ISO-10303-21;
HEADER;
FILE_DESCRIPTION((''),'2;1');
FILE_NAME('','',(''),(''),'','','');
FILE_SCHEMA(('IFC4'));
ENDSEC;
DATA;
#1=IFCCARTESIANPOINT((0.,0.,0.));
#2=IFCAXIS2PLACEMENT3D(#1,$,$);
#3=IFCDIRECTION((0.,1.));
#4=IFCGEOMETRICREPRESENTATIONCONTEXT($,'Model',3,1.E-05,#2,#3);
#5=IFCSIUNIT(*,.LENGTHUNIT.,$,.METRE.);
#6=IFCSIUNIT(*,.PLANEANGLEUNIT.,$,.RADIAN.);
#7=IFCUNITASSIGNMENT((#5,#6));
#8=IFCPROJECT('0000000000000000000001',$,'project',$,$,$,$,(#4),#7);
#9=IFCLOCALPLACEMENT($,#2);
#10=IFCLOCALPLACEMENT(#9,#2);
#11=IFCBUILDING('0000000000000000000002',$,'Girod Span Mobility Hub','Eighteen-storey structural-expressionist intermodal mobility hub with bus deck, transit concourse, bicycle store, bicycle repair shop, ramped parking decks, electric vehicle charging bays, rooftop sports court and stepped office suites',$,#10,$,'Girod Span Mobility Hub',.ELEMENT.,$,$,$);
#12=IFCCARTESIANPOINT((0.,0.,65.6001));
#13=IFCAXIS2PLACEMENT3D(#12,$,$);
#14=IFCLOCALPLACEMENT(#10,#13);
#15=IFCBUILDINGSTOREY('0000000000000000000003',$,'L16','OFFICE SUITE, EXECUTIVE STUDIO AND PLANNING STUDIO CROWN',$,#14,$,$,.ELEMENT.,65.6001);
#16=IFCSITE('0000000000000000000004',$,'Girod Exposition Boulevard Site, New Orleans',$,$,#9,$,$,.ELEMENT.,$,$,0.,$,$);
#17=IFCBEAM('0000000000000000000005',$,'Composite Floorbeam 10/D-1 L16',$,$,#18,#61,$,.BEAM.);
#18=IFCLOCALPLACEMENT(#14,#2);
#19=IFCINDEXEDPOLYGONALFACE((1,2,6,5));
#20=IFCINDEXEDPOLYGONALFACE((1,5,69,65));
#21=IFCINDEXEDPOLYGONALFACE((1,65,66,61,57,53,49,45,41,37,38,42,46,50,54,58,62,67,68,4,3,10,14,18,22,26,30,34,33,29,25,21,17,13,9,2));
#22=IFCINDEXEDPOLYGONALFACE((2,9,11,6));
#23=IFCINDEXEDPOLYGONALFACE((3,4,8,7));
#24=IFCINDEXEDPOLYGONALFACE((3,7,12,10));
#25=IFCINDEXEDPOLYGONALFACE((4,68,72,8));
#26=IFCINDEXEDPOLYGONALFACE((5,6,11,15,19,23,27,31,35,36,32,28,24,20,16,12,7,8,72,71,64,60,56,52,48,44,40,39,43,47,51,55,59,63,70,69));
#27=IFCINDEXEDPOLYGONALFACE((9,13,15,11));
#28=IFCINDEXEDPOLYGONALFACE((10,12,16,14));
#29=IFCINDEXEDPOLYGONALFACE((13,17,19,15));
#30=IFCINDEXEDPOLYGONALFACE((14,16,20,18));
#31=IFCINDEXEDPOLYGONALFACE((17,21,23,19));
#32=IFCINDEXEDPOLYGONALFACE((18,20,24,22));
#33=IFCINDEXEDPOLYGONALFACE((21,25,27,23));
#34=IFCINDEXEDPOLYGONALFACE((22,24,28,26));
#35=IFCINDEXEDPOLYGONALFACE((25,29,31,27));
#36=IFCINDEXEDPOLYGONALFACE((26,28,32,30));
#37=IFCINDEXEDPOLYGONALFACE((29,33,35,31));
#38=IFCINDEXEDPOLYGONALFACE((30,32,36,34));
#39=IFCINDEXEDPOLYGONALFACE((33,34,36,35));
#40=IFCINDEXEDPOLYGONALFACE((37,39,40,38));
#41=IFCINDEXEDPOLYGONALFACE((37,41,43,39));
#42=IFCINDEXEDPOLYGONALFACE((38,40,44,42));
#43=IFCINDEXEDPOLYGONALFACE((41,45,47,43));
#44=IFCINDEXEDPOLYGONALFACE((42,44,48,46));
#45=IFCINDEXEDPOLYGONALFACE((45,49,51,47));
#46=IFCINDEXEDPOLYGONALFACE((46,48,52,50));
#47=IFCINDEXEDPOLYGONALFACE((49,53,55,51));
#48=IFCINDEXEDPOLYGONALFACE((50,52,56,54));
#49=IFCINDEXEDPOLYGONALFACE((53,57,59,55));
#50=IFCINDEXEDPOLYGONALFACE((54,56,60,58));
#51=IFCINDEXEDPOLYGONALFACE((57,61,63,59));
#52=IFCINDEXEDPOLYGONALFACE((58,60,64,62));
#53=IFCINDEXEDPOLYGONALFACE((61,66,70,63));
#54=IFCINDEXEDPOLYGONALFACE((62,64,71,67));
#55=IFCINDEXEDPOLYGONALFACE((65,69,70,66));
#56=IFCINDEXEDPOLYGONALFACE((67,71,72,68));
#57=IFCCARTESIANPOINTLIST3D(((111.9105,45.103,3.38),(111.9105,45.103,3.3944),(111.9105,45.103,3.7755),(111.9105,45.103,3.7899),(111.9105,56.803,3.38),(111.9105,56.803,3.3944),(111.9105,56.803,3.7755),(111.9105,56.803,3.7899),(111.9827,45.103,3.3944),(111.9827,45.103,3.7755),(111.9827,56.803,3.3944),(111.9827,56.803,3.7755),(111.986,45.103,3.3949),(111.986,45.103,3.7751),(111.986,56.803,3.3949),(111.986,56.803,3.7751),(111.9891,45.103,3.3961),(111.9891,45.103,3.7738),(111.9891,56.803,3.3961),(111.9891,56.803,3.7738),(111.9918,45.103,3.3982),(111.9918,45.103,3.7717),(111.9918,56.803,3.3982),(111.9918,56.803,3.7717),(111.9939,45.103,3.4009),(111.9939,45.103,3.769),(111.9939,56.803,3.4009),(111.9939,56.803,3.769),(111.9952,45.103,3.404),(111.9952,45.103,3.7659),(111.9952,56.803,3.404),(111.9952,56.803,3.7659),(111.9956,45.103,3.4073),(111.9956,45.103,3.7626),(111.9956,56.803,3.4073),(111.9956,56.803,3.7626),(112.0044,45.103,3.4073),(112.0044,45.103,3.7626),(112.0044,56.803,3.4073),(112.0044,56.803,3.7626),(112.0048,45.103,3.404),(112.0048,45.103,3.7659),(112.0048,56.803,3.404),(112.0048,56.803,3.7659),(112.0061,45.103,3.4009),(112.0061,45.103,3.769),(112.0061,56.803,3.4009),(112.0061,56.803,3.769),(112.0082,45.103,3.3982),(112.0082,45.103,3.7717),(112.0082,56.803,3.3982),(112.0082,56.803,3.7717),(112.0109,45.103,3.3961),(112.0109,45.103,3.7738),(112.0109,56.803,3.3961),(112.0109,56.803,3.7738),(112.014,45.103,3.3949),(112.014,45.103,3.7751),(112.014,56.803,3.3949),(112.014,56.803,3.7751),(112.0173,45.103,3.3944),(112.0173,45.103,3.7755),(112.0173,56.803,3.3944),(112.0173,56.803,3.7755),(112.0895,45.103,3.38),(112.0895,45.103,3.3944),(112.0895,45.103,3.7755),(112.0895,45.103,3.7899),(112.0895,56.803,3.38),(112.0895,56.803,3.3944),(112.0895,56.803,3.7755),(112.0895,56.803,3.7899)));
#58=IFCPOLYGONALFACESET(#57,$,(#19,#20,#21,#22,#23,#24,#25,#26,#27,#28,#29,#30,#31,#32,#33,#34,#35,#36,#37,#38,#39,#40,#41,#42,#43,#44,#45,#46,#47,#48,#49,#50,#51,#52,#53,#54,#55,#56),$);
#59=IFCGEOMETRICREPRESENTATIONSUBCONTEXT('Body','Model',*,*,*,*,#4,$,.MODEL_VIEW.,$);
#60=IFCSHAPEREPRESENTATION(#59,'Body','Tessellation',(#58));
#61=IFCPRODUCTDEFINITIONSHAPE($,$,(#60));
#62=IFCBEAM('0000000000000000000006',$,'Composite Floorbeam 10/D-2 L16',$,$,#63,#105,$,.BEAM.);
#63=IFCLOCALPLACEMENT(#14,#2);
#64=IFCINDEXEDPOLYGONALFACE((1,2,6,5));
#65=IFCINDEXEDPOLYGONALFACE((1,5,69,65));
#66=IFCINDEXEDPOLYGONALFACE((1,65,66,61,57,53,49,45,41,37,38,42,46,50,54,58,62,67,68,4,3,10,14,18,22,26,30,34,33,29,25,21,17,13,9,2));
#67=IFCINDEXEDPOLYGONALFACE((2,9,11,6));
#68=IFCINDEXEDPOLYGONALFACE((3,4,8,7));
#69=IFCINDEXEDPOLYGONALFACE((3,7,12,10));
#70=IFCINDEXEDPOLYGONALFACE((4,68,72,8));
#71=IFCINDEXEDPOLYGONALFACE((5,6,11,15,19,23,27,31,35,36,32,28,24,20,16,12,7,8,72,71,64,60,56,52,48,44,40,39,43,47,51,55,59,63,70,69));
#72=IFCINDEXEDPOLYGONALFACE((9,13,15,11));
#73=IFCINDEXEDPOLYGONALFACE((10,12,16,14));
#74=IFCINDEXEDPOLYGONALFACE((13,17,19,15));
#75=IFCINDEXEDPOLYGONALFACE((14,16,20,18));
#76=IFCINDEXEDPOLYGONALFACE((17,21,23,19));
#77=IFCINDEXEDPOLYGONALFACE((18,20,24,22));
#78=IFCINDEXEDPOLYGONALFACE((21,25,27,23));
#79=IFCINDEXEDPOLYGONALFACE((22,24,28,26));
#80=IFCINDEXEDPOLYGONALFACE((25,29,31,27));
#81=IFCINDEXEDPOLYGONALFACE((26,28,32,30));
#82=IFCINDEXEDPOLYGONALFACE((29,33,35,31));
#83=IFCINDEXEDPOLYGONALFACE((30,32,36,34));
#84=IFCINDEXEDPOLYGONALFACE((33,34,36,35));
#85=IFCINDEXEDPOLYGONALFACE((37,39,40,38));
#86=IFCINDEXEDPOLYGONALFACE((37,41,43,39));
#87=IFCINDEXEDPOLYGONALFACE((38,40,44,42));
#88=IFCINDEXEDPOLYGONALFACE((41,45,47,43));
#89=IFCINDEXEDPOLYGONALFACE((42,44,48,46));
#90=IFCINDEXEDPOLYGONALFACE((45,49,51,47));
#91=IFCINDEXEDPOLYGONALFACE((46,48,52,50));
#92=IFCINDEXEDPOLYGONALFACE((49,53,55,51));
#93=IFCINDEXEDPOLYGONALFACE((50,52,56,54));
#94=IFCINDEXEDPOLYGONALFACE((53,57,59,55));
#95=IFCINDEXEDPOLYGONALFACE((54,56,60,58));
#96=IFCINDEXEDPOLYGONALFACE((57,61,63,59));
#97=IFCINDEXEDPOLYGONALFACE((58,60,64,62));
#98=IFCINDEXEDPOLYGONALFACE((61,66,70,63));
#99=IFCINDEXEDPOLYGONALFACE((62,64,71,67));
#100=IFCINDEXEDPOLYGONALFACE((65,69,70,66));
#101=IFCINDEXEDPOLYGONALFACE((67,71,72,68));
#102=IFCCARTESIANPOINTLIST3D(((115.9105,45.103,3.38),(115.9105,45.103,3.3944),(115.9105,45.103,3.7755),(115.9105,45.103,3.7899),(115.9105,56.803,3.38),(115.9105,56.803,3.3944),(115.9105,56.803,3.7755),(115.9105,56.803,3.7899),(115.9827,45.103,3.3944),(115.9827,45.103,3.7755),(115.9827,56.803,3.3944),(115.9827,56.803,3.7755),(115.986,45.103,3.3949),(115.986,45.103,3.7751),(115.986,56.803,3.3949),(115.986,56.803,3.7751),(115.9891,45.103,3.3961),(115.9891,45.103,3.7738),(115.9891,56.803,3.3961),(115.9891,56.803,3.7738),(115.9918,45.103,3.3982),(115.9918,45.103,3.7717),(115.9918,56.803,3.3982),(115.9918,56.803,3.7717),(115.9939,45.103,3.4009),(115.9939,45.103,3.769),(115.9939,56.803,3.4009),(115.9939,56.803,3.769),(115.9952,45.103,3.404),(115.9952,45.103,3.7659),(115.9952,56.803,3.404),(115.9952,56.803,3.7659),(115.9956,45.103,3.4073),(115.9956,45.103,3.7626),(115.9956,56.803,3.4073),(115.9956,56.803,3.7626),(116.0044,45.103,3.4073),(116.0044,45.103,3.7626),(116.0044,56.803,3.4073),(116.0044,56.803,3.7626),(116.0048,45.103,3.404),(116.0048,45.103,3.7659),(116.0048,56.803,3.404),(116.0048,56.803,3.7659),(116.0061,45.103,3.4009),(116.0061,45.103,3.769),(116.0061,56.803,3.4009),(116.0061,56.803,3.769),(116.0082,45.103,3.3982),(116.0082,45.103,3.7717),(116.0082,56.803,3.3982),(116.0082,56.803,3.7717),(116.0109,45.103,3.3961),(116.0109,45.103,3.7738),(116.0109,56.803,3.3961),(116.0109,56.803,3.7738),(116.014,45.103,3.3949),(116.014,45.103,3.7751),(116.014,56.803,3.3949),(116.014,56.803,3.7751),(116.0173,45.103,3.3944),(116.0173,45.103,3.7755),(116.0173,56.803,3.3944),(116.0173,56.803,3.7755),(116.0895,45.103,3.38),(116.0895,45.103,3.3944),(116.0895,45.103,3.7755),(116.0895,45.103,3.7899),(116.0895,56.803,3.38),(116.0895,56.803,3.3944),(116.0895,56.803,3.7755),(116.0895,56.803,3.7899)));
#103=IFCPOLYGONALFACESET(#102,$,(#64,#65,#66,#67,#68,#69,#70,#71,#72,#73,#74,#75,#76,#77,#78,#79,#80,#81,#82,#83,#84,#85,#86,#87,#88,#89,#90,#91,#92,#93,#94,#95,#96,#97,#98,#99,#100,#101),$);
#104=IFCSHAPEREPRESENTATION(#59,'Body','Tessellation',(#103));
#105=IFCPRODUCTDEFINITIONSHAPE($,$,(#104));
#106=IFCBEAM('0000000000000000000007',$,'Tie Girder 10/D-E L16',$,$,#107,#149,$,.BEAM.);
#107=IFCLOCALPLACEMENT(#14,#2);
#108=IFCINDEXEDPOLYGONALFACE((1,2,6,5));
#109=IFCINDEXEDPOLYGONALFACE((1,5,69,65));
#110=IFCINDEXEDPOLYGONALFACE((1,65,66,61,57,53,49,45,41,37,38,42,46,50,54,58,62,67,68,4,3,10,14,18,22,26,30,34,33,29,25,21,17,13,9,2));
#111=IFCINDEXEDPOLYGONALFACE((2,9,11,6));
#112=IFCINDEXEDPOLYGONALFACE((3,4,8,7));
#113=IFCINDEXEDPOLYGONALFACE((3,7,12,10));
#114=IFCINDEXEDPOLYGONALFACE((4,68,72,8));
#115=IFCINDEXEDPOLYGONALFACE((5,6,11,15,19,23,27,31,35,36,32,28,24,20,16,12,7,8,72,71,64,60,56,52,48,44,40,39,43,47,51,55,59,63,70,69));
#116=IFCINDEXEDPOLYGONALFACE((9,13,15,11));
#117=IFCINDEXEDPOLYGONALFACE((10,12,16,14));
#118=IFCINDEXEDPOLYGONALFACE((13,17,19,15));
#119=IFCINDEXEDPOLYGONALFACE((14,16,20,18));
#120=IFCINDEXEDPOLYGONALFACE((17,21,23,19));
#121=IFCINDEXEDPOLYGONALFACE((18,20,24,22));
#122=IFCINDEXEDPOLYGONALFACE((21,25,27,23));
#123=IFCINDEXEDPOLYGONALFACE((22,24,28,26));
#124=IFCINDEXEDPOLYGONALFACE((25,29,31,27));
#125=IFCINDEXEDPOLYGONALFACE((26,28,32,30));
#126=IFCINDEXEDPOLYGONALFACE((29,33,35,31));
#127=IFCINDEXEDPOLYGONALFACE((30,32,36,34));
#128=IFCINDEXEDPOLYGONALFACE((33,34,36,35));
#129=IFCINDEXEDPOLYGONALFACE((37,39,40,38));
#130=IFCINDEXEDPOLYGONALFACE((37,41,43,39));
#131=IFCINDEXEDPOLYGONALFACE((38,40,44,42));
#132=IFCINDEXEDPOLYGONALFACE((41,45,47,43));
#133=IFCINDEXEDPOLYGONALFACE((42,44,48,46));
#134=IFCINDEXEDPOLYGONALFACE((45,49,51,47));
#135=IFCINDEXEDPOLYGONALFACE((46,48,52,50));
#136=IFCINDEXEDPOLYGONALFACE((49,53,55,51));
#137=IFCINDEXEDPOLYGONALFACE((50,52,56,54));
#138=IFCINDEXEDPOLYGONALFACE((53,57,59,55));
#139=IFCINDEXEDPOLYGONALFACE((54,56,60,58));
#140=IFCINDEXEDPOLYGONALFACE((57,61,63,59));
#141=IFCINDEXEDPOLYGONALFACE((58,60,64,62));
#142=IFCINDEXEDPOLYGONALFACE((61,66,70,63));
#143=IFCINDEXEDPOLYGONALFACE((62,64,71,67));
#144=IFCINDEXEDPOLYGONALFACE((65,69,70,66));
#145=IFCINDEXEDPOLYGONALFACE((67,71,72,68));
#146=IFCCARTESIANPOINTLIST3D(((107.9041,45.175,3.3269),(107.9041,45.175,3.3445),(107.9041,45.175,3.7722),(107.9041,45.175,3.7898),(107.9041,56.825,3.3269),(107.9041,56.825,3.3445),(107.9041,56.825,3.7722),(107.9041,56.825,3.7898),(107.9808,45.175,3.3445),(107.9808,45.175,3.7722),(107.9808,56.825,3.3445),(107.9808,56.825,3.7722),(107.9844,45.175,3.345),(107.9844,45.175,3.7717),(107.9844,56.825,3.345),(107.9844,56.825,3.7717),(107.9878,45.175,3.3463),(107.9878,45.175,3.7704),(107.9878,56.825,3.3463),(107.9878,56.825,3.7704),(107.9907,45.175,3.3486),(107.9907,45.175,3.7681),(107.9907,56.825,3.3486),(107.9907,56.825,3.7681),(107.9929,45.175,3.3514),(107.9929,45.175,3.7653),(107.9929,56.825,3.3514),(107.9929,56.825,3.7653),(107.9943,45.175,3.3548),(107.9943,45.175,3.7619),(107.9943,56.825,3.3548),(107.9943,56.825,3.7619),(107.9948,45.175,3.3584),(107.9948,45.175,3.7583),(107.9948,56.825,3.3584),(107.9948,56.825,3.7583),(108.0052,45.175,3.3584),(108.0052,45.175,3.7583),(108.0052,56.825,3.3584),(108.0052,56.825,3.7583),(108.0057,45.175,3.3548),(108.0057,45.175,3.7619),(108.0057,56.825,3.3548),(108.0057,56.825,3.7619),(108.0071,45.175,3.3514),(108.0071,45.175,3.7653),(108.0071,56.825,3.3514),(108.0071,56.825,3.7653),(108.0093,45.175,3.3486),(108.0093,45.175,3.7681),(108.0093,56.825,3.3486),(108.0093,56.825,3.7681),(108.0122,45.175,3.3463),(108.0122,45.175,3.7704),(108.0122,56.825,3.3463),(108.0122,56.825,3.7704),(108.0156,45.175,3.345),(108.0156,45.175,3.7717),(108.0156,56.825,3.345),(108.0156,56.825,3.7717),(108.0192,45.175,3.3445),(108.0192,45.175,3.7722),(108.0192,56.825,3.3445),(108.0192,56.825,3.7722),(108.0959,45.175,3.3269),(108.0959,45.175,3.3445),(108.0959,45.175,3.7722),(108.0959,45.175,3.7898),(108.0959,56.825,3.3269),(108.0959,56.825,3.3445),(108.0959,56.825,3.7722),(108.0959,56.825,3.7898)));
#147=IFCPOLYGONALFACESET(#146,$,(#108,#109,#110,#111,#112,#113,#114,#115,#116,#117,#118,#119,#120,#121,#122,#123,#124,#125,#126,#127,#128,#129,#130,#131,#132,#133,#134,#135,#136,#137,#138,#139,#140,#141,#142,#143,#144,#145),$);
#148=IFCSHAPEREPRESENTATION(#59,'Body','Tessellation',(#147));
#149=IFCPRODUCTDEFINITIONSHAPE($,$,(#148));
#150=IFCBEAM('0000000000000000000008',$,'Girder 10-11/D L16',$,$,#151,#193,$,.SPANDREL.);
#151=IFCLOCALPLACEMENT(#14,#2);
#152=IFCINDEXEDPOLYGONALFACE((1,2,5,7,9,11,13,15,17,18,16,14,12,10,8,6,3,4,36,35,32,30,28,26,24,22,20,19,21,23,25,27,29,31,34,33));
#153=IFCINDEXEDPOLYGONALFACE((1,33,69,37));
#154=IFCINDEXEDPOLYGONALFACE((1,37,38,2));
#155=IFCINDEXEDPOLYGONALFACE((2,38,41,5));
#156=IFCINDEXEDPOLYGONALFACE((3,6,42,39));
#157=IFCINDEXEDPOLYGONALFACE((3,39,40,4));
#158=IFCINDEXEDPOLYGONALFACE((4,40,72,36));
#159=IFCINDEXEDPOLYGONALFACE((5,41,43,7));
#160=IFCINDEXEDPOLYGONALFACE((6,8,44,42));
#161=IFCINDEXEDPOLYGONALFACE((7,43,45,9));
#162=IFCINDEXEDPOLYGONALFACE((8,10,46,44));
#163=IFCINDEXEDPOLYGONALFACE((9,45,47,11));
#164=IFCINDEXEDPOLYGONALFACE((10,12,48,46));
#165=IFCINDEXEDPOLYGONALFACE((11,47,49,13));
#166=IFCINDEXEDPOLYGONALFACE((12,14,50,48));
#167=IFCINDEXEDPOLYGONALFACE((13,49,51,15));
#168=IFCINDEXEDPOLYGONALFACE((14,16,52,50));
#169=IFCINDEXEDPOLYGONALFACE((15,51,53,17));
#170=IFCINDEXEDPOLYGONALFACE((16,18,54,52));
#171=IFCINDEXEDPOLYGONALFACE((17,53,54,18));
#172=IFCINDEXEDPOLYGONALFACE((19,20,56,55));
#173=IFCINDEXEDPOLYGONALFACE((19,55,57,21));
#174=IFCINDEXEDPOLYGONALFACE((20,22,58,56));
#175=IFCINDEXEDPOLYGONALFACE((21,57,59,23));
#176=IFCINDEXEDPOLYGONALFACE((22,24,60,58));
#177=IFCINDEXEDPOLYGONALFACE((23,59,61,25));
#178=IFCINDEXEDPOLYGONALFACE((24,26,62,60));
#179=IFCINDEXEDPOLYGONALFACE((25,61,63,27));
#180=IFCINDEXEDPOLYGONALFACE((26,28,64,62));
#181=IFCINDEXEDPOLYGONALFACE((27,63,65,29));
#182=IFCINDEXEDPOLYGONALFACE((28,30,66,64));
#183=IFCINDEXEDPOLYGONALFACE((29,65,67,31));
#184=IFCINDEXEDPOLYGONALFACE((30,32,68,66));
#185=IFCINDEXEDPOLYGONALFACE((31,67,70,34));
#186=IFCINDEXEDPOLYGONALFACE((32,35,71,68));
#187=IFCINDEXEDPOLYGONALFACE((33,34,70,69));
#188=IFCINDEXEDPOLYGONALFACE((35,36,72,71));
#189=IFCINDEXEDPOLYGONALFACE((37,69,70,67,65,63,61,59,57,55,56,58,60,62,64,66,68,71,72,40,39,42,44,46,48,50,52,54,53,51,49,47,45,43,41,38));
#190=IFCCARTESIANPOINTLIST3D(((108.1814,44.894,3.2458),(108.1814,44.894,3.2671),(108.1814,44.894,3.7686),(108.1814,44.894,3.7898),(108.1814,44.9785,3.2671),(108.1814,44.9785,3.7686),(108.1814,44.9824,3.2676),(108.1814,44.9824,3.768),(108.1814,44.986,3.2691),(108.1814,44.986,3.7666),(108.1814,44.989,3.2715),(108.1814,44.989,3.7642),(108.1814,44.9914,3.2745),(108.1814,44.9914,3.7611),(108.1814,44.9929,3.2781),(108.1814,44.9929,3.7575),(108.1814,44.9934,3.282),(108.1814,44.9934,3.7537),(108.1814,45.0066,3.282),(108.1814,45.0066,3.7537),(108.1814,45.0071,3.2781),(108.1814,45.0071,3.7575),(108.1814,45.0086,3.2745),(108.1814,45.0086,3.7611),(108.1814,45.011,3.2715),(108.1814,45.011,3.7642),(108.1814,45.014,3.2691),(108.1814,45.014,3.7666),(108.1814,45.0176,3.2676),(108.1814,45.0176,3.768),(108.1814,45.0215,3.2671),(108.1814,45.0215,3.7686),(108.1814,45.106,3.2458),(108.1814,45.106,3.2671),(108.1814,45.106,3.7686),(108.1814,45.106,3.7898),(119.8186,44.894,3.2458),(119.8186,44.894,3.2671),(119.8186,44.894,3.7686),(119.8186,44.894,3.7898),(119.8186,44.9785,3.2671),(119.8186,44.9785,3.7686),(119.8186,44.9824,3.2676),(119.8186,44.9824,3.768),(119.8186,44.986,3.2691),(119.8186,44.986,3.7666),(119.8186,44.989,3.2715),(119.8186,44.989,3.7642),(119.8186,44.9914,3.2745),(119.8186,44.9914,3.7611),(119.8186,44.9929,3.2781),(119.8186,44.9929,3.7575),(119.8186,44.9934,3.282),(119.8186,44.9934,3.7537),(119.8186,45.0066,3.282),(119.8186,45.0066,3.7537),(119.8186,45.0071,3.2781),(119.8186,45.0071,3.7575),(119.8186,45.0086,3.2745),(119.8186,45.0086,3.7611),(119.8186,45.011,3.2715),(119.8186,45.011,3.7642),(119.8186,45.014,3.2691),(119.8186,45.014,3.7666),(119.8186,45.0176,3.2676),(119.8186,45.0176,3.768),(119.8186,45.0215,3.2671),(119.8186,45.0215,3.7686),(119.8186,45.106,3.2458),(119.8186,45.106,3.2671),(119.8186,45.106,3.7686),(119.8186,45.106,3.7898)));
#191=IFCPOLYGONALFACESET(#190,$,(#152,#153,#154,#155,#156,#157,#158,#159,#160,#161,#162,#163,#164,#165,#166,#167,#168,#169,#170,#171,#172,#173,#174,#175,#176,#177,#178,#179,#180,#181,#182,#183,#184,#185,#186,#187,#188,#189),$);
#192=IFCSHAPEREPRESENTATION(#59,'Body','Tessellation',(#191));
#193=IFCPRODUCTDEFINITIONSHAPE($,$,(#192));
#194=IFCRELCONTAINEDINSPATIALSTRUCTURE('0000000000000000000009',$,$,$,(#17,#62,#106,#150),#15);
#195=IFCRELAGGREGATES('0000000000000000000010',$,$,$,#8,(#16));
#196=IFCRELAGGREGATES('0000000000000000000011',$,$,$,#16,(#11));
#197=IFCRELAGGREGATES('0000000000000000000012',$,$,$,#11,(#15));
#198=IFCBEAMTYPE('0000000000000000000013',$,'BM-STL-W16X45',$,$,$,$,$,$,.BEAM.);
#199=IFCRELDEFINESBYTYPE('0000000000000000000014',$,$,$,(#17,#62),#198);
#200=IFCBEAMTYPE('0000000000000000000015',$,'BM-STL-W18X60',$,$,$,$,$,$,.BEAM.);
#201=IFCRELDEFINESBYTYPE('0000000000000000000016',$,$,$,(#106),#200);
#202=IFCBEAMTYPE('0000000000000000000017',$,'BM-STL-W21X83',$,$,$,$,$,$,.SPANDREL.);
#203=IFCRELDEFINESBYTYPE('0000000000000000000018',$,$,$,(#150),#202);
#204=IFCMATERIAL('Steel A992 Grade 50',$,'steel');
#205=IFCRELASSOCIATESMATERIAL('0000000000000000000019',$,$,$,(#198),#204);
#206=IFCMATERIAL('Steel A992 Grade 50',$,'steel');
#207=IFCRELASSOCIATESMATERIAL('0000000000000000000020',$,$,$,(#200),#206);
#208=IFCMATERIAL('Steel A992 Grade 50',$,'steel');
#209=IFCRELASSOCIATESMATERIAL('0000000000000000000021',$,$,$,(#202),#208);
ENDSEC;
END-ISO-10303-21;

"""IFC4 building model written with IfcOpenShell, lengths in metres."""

from ifc_helpers import new_model, si_unit, direction, frame, origin, origin_2d, place, context, subcontext, project, spatial, i_section, extrude, material, material_profile, profile_set, type_object, element, save


model = new_model("IFC4")

# Units and contexts
model_context = context("Model", 3, precision=1e-05, world=origin(), true_north=direction((0.0, 1.0)))
body_context = subcontext(model_context, "Body", "Model", "MODEL_VIEW")
ifc_project = project(units=[si_unit("LENGTHUNIT", "METRE"), si_unit("PLANEANGLEUNIT", "RADIAN")], contexts=[model_context])

# Site, building, storey
site_placement = place(None, origin())
site = spatial("IfcSite", under=ifc_project, at=site_placement, Name="Girod Exposition Boulevard Site, New Orleans", CompositionType="ELEMENT", RefElevation=0.0)
building_placement = place(site_placement, origin())
building = spatial("IfcBuilding", under=site, at=building_placement, Name="Girod Span Mobility Hub", Description="Eighteen-storey structural-expressionist intermodal mobility hub with bus deck, transit concourse, bicycle store, bicycle repair shop, ramped parking decks, electric vehicle charging bays, rooftop sports court and stepped office suites", LongName="Girod Span Mobility Hub", CompositionType="ELEMENT")
storey_placement = place(building_placement, frame((0.0, 0.0, 65.6001)))
storey = spatial("IfcBuildingStorey", under=building, at=storey_placement, Name="L16", Description="OFFICE SUITE, EXECUTIVE STUDIO AND PLANNING STUDIO CROWN", CompositionType="ELEMENT", Elevation=65.6001)

# Beams
ifc_material_1 = material(Name="Steel A992 Grade 50", Category="steel")
ifc_material_profile_1 = material_profile(ifc_material_1, i_section(OverallWidth=0.179, OverallDepth=0.4099, WebThickness=0.0088, FlangeThickness=0.0144, FilletRadius=0.0129, at=origin_2d()), Name="W16X45")
ifc_profile_set_1 = profile_set([ifc_material_profile_1], Name="Steel A992 Grade 50")
beam_type_1 = type_object("IfcBeamType", Name="BM-STL-W16X45", PredefinedType="BEAM", material=ifc_profile_set_1)
for number, where, z_axis, x_axis, name in (
    (1, (112.0, 45.103, 3.585), (0.0, 1.0, 0.0), (-1.0, 0.0, 0.0), "Composite Floorbeam 10/D-1 L16"),
    (2, (116.0, 45.103, 3.585), (0.0, 1.0, 0.0), (-1.0, 0.0, 0.0), "Composite Floorbeam 10/D-2 L16"),
):
    element("IfcBeam", number, at=place(storey_placement, frame(where, z_axis=z_axis, x_axis=x_axis)), inside=storey, type_object=beam_type_1, Name=name, PredefinedType="BEAM", context=body_context, shape_type="SweptSolid", body=[
        extrude(i_section(OverallWidth=0.179, OverallDepth=0.4099, WebThickness=0.0088, FlangeThickness=0.0144, FilletRadius=0.0129, at=origin_2d()), origin(), (0.0, 0.0, 1.0), 11.7),
    ])
ifc_material_2 = material(Name="Steel A992 Grade 50", Category="steel")
ifc_material_profile_2 = material_profile(ifc_material_2, i_section(OverallWidth=0.1919, OverallDepth=0.4629, WebThickness=0.0105, FlangeThickness=0.0176, FilletRadius=0.0139, at=origin_2d()), Name="W18X60")
ifc_profile_set_2 = profile_set([ifc_material_profile_2], Name="Steel A992 Grade 50")
beam_type_2 = type_object("IfcBeamType", Name="BM-STL-W18X60", PredefinedType="BEAM", material=ifc_profile_set_2)
beam_1_placement = place(storey_placement, frame((108.0, 45.175, 3.5583), z_axis=(0.0, 1.0, 0.0), x_axis=(-1.0, 0.0, 0.0)))
element("IfcBeam", 3, at=beam_1_placement, inside=storey, type_object=beam_type_2, Name="Tie Girder 10/D-E L16", PredefinedType="BEAM", context=body_context, shape_type="SweptSolid", body=[
    extrude(i_section(OverallWidth=0.1919, OverallDepth=0.4629, WebThickness=0.0105, FlangeThickness=0.0176, FilletRadius=0.0139, at=origin_2d()), origin(), (0.0, 0.0, 1.0), 11.6499),
])
ifc_material_3 = material(Name="Steel A992 Grade 50", Category="steel")
ifc_material_profile_3 = material_profile(ifc_material_3, i_section(OverallWidth=0.2119, OverallDepth=0.5439, WebThickness=0.0132, FlangeThickness=0.0212, FilletRadius=0.0149, at=origin_2d()), Name="W21X83")
ifc_profile_set_3 = profile_set([ifc_material_profile_3], Name="Steel A992 Grade 50")
beam_type_3 = type_object("IfcBeamType", Name="BM-STL-W21X83", PredefinedType="SPANDREL", material=ifc_profile_set_3)
beam_2_placement = place(storey_placement, frame((108.1814, 45.0, 3.5178), z_axis=(1.0, 0.0, 0.0), x_axis=(0.0, 1.0, 0.0)))
element("IfcBeam", 4, at=beam_2_placement, inside=storey, type_object=beam_type_3, Name="Girder 10-11/D L16", PredefinedType="SPANDREL", context=body_context, shape_type="SweptSolid", body=[
    extrude(i_section(OverallWidth=0.2119, OverallDepth=0.5439, WebThickness=0.0132, FlangeThickness=0.0212, FilletRadius=0.0149, at=origin_2d()), origin(), (0.0, 0.0, 1.0), 11.6372),
])

save(model, "model.ifc")
